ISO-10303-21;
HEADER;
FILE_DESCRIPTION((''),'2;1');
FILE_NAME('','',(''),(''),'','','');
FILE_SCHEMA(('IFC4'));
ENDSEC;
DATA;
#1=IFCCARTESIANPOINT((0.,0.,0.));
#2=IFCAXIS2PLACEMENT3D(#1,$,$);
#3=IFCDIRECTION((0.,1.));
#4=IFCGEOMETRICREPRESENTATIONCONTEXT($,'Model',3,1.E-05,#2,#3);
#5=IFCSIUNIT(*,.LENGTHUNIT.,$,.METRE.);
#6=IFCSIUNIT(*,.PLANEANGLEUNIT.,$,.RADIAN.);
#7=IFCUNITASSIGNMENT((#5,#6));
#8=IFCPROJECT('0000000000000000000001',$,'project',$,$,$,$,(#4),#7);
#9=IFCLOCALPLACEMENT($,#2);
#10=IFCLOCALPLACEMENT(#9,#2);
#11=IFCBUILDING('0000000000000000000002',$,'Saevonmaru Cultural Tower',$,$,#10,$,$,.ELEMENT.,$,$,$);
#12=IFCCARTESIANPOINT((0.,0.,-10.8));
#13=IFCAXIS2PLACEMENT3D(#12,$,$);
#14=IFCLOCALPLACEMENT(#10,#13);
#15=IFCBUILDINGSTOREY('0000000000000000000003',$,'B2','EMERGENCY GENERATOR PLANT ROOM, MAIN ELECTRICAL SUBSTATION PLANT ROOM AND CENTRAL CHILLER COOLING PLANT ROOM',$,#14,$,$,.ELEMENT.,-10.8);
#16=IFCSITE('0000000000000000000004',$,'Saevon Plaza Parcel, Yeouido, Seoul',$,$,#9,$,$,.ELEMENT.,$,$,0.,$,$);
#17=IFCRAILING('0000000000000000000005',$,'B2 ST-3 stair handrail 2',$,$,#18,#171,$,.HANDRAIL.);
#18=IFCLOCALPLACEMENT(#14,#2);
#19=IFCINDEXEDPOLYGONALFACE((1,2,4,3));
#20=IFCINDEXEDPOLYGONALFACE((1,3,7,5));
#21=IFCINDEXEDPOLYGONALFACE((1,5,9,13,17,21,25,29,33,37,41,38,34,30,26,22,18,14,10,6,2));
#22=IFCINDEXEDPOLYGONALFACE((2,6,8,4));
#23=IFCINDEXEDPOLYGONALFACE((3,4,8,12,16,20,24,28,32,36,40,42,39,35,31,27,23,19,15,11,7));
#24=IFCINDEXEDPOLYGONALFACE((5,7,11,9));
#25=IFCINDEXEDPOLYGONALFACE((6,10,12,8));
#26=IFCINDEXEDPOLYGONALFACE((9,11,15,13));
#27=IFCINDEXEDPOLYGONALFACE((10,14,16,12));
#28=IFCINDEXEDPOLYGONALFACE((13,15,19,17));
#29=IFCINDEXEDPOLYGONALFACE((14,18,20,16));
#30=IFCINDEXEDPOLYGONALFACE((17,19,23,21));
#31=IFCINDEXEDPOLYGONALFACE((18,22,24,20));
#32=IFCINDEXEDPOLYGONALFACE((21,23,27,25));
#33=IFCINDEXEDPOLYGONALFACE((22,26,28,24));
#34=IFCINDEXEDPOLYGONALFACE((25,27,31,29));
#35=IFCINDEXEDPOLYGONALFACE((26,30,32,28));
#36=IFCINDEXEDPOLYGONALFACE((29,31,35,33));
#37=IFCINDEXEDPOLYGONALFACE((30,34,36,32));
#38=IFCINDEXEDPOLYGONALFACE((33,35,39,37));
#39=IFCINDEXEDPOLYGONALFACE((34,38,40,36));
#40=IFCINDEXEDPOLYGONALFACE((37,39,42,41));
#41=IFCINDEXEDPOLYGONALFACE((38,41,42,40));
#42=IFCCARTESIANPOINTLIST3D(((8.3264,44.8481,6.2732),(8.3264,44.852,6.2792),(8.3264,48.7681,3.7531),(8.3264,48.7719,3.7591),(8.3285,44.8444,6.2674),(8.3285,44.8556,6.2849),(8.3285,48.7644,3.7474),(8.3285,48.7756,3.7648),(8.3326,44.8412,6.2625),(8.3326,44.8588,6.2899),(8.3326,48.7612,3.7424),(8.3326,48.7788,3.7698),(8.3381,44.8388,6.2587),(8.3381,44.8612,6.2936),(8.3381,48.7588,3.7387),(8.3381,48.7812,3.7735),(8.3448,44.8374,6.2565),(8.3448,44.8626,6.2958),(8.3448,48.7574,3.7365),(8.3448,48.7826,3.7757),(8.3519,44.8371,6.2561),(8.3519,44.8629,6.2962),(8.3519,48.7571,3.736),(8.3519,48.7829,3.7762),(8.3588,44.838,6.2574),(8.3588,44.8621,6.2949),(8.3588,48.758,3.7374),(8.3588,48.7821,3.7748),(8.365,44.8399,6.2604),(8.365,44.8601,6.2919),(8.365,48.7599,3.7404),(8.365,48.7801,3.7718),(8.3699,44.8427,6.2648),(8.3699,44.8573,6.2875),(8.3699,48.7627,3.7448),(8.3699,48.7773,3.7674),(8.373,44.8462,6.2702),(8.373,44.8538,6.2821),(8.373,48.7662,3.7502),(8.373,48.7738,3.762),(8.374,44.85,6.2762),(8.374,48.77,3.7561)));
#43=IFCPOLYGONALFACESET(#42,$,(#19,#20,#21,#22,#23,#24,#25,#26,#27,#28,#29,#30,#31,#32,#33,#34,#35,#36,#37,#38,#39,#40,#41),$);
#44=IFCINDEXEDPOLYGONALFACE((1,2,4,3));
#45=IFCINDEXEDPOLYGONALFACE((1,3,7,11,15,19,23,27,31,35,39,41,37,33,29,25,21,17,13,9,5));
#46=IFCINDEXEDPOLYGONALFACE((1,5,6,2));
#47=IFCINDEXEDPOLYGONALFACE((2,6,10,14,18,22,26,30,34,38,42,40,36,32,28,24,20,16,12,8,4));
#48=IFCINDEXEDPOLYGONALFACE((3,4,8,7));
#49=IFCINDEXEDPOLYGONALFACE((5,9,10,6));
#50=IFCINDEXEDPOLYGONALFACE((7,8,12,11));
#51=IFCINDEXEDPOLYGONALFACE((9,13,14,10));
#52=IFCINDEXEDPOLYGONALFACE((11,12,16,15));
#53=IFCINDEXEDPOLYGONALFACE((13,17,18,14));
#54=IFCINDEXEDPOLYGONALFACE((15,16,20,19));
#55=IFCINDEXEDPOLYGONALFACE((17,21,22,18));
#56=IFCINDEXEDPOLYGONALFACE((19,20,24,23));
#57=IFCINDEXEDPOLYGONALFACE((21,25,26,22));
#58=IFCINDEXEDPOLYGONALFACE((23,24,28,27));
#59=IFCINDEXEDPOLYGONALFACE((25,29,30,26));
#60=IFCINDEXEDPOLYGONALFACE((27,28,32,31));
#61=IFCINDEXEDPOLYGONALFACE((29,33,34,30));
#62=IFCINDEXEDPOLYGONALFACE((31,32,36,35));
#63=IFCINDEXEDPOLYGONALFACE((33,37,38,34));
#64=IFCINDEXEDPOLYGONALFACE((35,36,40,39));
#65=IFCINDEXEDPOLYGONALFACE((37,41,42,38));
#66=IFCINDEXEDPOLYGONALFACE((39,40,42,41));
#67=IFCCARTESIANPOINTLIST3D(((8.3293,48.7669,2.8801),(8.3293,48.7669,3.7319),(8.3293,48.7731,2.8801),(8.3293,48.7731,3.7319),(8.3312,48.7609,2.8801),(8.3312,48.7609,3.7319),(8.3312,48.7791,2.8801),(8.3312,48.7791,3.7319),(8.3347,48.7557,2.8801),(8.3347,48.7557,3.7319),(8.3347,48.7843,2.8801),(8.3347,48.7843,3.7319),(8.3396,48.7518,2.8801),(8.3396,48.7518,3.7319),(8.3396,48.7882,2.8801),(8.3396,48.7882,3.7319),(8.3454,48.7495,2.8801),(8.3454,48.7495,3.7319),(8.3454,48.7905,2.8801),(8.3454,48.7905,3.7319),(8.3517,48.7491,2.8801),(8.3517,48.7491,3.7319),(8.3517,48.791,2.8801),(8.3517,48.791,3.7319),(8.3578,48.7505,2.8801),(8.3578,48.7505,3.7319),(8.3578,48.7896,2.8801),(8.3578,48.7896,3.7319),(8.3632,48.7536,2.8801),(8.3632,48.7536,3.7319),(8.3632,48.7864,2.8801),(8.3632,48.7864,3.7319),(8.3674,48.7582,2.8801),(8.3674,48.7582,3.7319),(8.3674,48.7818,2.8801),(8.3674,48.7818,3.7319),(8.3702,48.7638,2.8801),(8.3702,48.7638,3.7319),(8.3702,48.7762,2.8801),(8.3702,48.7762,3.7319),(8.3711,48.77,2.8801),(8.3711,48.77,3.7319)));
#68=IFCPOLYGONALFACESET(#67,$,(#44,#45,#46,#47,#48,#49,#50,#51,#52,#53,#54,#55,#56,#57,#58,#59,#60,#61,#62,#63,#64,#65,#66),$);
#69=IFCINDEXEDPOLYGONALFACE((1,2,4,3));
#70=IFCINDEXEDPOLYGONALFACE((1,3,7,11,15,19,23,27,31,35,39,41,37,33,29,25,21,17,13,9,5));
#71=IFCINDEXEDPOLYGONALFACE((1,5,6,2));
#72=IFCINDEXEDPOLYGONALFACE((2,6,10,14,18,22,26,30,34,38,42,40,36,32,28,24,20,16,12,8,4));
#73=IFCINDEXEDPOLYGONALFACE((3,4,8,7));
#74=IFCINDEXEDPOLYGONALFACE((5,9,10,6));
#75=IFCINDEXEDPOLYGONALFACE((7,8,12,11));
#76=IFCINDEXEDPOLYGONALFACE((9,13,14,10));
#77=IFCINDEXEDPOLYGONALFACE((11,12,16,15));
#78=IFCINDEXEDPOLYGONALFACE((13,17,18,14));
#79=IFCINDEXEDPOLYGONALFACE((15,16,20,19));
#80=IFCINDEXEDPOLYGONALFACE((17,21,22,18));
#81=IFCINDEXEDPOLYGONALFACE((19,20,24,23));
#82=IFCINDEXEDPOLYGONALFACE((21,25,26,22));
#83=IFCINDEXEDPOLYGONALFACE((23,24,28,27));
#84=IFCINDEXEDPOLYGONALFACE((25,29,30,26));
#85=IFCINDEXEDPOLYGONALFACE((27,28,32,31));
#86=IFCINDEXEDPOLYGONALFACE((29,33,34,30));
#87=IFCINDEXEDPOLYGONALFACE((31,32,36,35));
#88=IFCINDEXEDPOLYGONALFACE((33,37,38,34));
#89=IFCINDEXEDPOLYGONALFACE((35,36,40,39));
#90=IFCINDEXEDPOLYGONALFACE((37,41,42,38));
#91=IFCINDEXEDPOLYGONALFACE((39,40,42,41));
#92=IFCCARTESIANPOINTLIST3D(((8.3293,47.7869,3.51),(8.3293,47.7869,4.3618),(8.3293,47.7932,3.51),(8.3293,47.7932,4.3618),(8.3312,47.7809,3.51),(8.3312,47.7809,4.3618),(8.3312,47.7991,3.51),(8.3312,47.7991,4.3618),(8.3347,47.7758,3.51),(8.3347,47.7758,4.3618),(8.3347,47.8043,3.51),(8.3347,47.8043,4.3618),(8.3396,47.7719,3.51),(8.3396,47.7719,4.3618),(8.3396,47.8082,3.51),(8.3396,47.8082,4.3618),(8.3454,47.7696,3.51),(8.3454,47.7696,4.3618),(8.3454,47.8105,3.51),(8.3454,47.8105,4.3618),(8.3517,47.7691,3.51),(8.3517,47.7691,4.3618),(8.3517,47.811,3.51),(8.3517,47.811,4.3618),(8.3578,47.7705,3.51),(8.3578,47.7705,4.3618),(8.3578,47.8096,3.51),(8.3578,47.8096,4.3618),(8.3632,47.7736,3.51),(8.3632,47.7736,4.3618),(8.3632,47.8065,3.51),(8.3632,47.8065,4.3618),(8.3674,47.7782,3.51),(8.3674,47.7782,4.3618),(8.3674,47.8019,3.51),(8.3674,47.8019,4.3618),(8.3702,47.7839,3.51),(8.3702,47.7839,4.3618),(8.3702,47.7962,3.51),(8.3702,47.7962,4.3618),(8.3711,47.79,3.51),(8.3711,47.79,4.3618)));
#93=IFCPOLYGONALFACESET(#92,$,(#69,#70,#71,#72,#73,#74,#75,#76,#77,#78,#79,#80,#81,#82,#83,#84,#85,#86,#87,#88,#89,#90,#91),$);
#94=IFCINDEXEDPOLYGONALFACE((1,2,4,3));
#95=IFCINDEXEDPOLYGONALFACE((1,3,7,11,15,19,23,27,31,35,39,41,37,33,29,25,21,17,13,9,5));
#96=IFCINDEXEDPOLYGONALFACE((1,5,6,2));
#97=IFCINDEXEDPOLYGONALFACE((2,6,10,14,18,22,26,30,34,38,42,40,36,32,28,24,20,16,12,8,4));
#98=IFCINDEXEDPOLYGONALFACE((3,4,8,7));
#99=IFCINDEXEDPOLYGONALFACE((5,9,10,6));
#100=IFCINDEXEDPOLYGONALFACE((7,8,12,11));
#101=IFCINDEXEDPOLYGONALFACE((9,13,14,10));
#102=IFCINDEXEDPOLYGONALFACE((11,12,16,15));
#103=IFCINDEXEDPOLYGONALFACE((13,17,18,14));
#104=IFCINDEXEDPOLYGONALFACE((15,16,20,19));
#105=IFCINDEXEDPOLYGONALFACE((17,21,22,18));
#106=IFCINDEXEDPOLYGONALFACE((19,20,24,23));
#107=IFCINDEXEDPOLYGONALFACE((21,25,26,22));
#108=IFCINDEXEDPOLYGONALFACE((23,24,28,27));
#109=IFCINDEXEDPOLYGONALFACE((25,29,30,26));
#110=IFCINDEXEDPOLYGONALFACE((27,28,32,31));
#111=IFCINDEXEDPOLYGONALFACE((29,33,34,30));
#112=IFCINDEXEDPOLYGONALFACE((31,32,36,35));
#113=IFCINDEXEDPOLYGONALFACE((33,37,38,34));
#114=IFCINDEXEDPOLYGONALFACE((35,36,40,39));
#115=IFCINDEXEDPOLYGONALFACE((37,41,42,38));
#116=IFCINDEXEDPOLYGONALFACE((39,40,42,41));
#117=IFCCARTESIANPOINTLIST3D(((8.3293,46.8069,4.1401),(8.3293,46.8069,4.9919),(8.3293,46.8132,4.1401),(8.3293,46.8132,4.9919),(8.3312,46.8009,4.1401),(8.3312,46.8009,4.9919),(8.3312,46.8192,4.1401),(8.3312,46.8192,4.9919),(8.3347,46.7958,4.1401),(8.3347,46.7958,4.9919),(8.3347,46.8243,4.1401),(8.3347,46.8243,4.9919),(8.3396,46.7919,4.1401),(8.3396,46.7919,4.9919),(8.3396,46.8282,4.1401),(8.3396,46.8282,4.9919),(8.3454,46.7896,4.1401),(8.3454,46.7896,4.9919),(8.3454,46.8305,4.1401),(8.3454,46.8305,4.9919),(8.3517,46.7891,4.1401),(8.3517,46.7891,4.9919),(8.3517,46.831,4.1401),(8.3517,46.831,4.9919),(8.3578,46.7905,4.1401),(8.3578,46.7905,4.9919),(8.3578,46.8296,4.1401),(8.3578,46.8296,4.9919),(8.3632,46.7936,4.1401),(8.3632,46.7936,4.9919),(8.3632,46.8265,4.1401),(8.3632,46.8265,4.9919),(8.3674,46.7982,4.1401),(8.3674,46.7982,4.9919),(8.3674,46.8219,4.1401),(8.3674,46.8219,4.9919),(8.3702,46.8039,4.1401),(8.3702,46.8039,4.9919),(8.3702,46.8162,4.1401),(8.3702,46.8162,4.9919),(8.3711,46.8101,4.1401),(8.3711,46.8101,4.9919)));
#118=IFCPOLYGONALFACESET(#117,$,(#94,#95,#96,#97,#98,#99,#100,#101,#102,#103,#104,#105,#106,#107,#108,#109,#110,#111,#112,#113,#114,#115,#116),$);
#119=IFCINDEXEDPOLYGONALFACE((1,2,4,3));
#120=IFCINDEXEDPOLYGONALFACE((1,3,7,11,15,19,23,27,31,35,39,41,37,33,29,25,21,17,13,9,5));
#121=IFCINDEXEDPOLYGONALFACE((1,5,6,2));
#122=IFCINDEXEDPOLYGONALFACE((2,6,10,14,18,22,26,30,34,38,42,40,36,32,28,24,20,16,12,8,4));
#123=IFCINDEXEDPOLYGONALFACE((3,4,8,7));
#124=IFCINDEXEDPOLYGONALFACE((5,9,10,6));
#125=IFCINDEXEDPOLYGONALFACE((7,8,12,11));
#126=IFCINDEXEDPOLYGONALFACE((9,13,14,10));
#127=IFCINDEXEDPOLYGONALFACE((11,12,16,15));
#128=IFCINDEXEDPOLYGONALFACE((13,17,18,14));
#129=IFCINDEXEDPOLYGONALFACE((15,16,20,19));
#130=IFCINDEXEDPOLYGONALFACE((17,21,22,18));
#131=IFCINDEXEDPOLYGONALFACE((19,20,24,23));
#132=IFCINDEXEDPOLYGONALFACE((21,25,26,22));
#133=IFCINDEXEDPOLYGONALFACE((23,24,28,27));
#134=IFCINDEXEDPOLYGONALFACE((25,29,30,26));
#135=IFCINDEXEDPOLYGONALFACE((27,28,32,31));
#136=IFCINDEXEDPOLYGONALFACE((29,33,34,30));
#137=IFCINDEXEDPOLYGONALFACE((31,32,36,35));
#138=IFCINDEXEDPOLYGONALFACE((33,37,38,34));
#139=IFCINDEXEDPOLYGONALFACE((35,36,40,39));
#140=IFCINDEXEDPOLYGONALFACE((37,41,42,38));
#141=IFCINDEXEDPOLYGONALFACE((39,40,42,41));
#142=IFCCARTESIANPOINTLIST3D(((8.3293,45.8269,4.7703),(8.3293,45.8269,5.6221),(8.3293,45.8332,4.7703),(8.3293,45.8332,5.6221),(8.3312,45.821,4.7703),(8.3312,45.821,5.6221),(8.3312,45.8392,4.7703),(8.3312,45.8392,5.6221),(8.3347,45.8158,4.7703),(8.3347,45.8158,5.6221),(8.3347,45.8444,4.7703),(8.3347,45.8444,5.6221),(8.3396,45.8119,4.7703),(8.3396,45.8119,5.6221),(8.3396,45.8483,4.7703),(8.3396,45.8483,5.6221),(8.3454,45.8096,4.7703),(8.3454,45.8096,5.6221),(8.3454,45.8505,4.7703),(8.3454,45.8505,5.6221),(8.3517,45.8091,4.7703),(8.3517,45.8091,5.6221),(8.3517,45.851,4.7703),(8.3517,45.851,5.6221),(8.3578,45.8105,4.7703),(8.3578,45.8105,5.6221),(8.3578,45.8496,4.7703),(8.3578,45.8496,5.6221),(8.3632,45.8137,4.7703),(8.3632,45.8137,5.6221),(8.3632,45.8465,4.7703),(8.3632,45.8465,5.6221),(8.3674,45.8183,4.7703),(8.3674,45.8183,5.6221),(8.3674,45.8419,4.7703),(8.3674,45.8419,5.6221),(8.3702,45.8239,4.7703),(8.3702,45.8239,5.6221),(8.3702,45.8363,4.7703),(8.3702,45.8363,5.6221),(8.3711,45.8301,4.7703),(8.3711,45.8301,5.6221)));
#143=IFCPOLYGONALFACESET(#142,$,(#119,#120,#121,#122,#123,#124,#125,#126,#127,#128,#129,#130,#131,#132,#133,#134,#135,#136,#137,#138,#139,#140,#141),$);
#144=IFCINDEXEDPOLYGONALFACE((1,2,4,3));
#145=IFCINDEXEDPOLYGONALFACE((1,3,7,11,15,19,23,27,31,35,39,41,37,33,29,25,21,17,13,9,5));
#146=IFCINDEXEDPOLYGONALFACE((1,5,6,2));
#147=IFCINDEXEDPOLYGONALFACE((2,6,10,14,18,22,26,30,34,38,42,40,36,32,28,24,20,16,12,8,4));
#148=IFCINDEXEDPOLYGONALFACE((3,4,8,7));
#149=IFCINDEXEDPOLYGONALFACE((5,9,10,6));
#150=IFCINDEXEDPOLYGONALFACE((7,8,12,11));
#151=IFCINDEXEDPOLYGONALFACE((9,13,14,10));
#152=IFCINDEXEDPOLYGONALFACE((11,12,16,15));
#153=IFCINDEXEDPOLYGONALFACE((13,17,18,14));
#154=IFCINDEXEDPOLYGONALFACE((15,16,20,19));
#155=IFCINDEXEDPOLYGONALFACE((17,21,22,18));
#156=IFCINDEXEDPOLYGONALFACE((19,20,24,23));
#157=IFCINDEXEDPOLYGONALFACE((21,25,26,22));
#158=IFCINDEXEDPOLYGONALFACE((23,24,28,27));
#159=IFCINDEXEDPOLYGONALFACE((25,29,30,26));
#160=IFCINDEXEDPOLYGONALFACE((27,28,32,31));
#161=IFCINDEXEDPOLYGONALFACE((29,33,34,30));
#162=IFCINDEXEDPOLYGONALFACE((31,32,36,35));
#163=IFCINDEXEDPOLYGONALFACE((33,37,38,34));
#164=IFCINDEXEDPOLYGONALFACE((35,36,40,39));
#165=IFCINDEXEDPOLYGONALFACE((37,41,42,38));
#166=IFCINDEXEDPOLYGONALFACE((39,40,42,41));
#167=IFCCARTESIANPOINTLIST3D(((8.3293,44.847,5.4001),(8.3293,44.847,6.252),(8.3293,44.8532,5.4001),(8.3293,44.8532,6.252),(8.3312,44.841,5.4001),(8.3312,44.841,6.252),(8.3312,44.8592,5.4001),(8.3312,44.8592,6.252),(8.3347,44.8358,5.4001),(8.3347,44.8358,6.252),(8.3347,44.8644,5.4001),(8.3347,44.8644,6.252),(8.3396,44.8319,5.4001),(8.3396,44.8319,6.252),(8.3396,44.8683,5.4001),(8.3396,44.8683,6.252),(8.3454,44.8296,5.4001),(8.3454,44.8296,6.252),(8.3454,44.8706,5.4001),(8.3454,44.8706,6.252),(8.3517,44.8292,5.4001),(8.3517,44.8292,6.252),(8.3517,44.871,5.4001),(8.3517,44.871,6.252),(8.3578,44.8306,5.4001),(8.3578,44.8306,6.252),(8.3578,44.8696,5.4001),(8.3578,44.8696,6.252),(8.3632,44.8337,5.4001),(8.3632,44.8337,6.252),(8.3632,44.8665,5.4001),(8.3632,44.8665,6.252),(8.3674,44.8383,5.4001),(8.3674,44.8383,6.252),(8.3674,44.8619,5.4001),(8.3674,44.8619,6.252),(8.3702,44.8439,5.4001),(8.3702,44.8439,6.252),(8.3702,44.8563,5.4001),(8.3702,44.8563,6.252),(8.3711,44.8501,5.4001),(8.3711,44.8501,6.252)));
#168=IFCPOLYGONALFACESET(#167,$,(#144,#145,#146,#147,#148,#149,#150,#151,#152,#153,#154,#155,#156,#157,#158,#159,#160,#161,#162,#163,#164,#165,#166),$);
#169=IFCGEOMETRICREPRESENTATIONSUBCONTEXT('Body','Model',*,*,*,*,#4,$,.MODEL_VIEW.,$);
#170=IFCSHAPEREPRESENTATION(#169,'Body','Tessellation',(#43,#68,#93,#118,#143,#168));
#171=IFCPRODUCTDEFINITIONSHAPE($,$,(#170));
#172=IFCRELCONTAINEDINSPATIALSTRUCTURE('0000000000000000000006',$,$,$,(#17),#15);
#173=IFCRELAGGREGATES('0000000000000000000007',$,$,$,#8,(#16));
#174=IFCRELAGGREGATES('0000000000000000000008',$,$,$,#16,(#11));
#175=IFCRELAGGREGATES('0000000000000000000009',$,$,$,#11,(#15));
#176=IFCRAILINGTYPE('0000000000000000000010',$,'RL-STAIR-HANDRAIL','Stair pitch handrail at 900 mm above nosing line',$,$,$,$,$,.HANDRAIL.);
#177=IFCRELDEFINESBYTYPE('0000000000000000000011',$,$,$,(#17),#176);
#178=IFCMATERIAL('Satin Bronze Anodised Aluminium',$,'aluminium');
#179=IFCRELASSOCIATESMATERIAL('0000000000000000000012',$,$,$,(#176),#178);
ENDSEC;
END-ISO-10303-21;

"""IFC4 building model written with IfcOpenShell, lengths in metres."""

from ifc_helpers import new_model, si_unit, direction, frame, origin, origin_2d, place, context, subcontext, project, spatial, circle, extrude, material, type_object, element, save


model = new_model("IFC4")

# Units and contexts
model_context = context("Model", 3, precision=1e-05, world=origin(), true_north=direction((0.0, 1.0)))
body_context = subcontext(model_context, "Body", "Model", "MODEL_VIEW")
ifc_project = project(units=[si_unit("LENGTHUNIT", "METRE"), si_unit("PLANEANGLEUNIT", "RADIAN")], contexts=[model_context])

# Site, building, storey
site_placement = place(None, origin())
site = spatial("IfcSite", under=ifc_project, at=site_placement, Name="Saevon Plaza Parcel, Yeouido, Seoul", CompositionType="ELEMENT", RefElevation=0.0)
building_placement = place(site_placement, origin())
building = spatial("IfcBuilding", under=site, at=building_placement, Name="Saevonmaru Cultural Tower", CompositionType="ELEMENT")
storey_placement = place(building_placement, frame((0.0, 0.0, -10.8)))
storey = spatial("IfcBuildingStorey", under=building, at=storey_placement, Name="B2", Description="EMERGENCY GENERATOR PLANT ROOM, MAIN ELECTRICAL SUBSTATION PLANT ROOM AND CENTRAL CHILLER COOLING PLANT ROOM", CompositionType="ELEMENT", Elevation=-10.8)

# Railing
ifc_material_1 = material(Name="Satin Bronze Anodised Aluminium", Category="aluminium")
railing_type_1 = type_object("IfcRailingType", Name="RL-STAIR-HANDRAIL", Description="Stair pitch handrail at 900 mm above nosing line", PredefinedType="HANDRAIL", material=ifc_material_1)
railing_1_placement = place(storey_placement, frame((8.3501, 48.77, 2.8801)))
element("IfcRailing", 1, at=railing_1_placement, inside=storey, type_object=railing_type_1, Name="B2 ST-3 stair handrail 2", PredefinedType="HANDRAIL", context=body_context, shape_type="SweptSolid", body=[
    extrude(circle(Radius=0.0239, at=origin_2d()), frame((0.0, 0.0, 0.876), z_axis=(0.0, -0.841172, 0.540768), x_axis=(1.0, 0.0, 0.0)), (0.0, 0.0, 1.0), 4.6602),
    extrude(circle(Radius=0.021, at=origin_2d()), origin(), (0.0, 0.0, 1.0), 0.8518),
    extrude(circle(Radius=0.021, at=origin_2d()), frame((0.0, -0.98, 0.6299)), (0.0, 0.0, 1.0), 0.8518),
    extrude(circle(Radius=0.021, at=origin_2d()), frame((0.0, -1.96, 1.26)), (0.0, 0.0, 1.0), 0.8518),
    extrude(circle(Radius=0.021, at=origin_2d()), frame((0.0, -2.9399, 1.8901)), (0.0, 0.0, 1.0), 0.8518),
    extrude(circle(Radius=0.021, at=origin_2d()), frame((0.0, -3.9199, 2.52)), (0.0, 0.0, 1.0), 0.8518),
])

save(model, "model.ifc")
